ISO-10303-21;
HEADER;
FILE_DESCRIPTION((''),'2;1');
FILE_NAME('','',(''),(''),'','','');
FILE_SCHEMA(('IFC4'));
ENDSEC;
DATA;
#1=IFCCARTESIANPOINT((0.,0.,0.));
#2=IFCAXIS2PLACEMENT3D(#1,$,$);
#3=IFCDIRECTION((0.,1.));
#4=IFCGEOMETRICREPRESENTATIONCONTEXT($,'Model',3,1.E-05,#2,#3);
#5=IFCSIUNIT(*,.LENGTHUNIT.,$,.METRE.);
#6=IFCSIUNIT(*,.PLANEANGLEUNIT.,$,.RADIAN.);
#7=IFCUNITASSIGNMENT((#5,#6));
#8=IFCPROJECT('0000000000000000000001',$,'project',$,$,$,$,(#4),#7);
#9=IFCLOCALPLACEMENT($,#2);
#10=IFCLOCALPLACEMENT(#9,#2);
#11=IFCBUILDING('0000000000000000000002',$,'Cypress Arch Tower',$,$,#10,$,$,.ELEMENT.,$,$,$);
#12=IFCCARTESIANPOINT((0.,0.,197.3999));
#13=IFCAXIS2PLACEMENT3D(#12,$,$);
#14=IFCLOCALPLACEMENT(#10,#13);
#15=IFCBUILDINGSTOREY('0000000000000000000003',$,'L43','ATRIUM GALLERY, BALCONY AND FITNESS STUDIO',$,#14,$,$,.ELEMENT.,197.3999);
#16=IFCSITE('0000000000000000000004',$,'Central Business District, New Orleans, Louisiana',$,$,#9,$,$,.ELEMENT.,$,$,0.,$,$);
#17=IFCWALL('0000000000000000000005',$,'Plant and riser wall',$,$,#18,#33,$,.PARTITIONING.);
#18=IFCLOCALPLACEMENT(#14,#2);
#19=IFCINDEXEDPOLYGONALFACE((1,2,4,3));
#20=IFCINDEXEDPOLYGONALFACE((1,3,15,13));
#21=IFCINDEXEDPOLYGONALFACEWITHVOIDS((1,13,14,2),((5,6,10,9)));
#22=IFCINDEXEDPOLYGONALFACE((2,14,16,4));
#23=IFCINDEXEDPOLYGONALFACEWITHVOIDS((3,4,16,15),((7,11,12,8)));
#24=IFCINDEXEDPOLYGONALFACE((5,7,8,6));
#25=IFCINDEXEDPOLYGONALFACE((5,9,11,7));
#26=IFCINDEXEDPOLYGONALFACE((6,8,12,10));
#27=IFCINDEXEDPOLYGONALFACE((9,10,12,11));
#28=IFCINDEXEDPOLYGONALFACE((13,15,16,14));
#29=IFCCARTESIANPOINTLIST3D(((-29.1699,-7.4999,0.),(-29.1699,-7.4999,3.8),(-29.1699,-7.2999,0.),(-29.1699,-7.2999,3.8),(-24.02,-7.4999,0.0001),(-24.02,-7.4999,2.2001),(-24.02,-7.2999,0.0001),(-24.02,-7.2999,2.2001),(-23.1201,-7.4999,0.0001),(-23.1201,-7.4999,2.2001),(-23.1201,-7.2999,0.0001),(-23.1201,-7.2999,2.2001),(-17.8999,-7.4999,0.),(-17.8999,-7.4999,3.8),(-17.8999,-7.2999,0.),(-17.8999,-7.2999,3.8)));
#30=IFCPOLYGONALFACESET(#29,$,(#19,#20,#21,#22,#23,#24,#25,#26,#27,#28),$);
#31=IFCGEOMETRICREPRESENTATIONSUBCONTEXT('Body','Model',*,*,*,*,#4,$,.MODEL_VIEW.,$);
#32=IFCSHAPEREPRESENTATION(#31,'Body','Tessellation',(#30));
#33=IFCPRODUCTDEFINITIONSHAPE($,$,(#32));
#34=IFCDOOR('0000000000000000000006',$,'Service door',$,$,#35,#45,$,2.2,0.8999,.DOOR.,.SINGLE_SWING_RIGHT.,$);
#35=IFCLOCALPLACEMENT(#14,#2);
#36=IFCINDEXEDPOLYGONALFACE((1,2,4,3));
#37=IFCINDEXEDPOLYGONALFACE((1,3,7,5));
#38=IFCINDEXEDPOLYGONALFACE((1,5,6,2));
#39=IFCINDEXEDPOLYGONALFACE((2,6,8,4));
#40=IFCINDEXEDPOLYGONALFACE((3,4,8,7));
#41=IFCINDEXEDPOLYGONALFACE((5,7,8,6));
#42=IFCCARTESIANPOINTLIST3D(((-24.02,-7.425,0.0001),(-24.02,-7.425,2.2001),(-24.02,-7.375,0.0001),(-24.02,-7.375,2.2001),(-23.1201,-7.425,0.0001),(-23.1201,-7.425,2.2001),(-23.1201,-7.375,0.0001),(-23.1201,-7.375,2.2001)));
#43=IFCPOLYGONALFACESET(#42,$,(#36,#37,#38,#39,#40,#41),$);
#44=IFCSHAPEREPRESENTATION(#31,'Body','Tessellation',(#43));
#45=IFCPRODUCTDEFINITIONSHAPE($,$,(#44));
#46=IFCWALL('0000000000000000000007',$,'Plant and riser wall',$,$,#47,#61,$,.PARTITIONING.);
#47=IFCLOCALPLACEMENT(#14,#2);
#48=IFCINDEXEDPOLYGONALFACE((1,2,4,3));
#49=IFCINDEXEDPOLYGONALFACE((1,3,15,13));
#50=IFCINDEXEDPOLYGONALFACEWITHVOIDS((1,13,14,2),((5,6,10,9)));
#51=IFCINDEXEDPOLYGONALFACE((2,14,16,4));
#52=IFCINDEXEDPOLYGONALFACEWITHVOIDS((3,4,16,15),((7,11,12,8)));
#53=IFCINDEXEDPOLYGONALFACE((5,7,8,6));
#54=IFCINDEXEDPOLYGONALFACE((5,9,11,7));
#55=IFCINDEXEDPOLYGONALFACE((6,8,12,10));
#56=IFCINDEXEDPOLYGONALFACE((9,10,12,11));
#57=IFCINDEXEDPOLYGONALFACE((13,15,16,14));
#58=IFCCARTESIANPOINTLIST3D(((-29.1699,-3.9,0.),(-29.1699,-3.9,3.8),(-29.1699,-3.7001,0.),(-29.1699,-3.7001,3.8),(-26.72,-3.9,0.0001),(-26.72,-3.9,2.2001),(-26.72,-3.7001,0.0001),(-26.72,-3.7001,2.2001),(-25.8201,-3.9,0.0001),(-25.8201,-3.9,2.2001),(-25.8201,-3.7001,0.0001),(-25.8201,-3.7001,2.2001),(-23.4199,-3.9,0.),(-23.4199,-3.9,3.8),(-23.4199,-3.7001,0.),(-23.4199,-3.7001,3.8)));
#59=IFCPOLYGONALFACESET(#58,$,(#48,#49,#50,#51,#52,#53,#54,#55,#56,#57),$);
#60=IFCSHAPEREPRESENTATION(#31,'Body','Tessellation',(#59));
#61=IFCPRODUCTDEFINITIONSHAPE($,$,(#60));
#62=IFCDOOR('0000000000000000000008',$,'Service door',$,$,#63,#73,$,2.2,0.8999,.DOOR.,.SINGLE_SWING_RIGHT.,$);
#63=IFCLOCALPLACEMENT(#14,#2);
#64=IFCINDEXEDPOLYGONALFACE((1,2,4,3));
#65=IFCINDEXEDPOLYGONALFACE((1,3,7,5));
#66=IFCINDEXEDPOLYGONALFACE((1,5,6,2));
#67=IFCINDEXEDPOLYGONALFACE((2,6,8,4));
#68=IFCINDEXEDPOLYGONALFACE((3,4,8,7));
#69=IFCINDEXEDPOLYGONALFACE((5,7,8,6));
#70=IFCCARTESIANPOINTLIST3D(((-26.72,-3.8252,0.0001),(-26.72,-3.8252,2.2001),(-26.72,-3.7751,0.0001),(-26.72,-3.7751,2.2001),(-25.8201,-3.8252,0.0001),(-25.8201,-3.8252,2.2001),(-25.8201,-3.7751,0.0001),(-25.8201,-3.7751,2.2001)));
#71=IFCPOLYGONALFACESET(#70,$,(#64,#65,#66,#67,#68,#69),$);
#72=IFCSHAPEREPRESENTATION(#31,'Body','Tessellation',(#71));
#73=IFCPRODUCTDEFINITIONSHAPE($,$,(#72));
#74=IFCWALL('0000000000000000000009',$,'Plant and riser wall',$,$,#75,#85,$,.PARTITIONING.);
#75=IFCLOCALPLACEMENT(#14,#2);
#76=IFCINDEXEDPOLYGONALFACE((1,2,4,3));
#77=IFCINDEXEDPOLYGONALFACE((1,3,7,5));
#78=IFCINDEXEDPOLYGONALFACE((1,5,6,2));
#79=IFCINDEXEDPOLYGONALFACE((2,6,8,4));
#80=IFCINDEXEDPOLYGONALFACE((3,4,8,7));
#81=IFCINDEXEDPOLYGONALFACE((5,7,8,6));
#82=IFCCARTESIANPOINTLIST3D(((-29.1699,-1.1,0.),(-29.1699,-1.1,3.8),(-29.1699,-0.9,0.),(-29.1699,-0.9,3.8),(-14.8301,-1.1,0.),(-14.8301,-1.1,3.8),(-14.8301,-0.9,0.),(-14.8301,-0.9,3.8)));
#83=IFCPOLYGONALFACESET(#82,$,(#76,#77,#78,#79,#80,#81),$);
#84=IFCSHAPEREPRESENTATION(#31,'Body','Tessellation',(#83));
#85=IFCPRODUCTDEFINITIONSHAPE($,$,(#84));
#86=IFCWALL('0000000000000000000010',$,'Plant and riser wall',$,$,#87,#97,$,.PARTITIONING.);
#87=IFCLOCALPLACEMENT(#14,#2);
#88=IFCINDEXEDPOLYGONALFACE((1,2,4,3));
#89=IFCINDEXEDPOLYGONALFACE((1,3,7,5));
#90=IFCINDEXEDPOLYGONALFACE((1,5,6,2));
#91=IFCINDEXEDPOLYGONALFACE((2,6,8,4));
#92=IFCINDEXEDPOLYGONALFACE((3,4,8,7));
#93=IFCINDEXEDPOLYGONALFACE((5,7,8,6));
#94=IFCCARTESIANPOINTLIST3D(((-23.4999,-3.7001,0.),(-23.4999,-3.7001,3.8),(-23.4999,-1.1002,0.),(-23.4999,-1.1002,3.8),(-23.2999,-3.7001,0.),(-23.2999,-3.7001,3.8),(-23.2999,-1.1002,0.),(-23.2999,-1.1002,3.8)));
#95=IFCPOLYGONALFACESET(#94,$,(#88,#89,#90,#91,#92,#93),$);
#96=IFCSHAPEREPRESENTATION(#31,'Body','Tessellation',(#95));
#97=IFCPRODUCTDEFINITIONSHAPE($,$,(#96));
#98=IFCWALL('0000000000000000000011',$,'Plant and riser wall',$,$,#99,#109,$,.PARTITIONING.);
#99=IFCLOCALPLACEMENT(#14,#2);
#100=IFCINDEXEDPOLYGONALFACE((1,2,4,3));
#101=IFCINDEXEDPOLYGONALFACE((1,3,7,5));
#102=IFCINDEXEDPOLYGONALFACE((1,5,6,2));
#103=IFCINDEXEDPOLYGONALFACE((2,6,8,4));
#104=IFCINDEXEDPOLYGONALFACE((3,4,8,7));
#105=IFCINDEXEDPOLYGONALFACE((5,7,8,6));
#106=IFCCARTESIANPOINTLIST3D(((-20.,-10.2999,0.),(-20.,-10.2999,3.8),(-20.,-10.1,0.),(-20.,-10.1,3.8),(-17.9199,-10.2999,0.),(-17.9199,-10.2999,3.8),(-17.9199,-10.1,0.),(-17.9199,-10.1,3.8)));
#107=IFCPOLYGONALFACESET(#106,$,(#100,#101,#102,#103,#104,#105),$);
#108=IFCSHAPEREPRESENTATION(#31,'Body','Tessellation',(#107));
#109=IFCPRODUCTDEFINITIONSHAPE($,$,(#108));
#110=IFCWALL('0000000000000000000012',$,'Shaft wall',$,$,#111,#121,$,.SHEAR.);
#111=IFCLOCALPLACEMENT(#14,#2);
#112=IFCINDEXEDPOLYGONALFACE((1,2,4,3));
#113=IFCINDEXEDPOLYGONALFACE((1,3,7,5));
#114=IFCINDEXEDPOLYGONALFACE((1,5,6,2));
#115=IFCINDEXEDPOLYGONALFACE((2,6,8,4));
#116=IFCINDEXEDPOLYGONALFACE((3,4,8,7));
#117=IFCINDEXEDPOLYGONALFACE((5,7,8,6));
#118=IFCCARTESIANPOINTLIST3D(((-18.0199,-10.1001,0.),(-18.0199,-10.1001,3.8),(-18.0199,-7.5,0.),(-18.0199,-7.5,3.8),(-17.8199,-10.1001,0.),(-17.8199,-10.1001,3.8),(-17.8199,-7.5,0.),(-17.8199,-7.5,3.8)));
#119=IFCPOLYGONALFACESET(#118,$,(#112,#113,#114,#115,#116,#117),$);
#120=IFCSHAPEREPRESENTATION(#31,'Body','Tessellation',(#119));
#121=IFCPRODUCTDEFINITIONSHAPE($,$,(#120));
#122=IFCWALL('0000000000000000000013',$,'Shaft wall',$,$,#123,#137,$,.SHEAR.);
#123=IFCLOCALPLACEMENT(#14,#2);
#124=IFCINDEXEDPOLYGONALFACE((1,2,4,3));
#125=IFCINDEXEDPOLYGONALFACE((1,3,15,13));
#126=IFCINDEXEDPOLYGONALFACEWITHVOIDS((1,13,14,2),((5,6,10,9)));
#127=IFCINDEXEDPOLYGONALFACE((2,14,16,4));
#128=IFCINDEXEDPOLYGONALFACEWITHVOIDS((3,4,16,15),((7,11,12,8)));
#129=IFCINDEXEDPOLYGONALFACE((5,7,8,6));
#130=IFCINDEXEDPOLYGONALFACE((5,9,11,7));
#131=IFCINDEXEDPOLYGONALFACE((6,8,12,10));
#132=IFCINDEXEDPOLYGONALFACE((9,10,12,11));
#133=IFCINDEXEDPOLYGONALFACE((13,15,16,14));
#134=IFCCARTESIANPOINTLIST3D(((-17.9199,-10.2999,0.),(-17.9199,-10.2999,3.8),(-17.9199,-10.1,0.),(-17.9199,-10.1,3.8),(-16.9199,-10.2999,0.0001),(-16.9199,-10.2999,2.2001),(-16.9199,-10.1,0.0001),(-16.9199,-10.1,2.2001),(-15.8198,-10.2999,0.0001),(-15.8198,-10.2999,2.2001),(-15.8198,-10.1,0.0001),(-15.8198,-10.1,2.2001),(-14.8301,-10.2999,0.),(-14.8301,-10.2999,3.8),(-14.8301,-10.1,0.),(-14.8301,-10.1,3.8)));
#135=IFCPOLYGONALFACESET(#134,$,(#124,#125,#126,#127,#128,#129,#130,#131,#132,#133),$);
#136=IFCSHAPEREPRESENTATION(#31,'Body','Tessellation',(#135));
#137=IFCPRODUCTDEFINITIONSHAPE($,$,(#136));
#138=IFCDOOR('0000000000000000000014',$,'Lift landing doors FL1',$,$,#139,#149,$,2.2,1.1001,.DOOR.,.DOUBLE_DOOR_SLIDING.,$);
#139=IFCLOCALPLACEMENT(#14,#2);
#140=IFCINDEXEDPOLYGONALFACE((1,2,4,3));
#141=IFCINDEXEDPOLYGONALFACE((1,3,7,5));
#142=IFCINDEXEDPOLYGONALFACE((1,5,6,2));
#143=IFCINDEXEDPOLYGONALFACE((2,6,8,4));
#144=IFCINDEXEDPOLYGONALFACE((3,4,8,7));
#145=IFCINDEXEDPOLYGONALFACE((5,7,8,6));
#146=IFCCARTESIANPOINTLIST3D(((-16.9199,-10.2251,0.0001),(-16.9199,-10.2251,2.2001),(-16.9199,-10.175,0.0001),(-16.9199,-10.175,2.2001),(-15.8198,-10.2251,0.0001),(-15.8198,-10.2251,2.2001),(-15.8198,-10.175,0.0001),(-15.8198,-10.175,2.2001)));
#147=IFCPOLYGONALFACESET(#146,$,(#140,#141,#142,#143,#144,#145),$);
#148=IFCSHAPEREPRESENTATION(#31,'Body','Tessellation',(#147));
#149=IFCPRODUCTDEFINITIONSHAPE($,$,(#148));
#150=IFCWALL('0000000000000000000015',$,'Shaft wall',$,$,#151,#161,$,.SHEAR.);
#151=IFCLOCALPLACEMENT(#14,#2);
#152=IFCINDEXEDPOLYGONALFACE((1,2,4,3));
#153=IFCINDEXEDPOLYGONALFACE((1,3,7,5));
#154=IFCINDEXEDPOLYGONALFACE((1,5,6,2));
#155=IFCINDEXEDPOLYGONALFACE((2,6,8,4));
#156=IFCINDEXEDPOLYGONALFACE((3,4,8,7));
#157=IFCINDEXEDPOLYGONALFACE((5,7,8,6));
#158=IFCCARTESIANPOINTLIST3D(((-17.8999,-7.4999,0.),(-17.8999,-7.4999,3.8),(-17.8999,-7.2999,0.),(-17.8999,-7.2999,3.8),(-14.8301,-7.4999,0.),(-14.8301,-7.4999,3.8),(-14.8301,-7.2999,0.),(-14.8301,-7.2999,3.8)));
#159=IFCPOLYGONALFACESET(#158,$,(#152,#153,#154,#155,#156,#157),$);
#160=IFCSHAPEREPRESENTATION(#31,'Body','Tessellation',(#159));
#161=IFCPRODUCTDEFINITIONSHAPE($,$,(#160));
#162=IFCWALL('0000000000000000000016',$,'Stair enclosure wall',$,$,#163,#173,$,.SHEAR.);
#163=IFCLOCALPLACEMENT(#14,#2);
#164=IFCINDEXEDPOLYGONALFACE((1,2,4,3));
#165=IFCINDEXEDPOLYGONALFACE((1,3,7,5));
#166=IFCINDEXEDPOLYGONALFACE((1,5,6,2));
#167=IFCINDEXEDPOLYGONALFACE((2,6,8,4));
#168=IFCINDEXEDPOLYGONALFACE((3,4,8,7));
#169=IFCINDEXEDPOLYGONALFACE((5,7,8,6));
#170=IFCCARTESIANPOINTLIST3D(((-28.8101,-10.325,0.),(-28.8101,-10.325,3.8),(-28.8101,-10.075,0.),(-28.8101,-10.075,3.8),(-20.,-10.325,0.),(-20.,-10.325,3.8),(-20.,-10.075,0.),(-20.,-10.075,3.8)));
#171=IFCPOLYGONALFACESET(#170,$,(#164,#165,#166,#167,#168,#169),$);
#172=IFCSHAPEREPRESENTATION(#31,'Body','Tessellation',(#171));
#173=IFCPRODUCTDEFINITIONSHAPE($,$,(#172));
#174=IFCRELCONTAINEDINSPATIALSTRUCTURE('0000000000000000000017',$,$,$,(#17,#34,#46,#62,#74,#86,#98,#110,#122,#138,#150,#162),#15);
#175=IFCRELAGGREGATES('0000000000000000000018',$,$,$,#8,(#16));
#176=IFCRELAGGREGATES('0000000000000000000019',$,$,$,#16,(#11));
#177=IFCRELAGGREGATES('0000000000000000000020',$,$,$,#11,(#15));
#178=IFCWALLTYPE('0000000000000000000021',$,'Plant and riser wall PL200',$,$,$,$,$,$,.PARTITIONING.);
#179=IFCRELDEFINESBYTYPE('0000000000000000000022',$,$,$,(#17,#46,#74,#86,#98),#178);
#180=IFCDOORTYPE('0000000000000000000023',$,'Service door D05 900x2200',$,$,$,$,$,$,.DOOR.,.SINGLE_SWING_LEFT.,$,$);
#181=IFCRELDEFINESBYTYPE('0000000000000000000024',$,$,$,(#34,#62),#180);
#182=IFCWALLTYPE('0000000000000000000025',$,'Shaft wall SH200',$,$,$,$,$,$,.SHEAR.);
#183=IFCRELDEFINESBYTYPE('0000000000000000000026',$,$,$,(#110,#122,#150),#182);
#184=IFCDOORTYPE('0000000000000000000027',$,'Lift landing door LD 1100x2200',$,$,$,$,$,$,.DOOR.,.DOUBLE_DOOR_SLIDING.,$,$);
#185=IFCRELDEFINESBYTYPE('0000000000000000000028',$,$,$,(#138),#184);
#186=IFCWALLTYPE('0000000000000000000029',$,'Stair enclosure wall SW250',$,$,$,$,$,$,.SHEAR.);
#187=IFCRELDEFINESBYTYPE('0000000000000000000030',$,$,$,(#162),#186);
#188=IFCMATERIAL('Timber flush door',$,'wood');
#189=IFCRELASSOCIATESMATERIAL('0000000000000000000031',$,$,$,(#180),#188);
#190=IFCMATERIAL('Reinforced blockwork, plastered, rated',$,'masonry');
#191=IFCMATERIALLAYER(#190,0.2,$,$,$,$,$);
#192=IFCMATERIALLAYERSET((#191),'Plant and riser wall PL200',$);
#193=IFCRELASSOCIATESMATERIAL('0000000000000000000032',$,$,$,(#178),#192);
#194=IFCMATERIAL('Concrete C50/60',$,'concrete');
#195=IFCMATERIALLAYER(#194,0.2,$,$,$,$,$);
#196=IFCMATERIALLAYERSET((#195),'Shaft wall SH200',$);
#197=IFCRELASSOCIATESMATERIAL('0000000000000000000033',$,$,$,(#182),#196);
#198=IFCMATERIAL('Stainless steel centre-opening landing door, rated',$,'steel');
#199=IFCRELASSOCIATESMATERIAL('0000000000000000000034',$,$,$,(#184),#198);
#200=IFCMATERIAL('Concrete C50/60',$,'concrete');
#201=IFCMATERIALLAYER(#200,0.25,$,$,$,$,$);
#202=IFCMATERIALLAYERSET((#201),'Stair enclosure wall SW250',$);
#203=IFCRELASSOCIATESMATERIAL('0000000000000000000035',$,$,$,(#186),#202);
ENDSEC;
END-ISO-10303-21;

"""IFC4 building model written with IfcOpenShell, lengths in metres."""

from ifc_helpers import new_model, si_unit, direction, frame, frame_2d, origin, place, context, subcontext, project, spatial, rectangle, extrude, material, layer, layer_set, type_object, element, fill, save


model = new_model("IFC4")

# Units and contexts
model_context = context("Model", 3, precision=1e-05, world=origin(), true_north=direction((0.0, 1.0)))
body_context = subcontext(model_context, "Body", "Model", "MODEL_VIEW")
ifc_project = project(units=[si_unit("LENGTHUNIT", "METRE"), si_unit("PLANEANGLEUNIT", "RADIAN")], contexts=[model_context])

# Site, building, storey
site_placement = place(None, origin())
site = spatial("IfcSite", under=ifc_project, at=site_placement, Name="Central Business District, New Orleans, Louisiana", CompositionType="ELEMENT", RefElevation=0.0)
building_placement = place(site_placement, origin())
building = spatial("IfcBuilding", under=site, at=building_placement, Name="Cypress Arch Tower", CompositionType="ELEMENT")
storey_placement = place(building_placement, frame((0.0, 0.0, 197.3999)))
storey = spatial("IfcBuildingStorey", under=building, at=storey_placement, Name="L43", Description="ATRIUM GALLERY, BALCONY AND FITNESS STUDIO", CompositionType="ELEMENT", Elevation=197.3999)

# Shared definitions
ifc_material_1 = material(Name="Timber flush door", Category="wood")
door_type_1 = type_object("IfcDoorType", Name="Service door D05 900x2200", OperationType="SINGLE_SWING_LEFT", PredefinedType="DOOR", material=ifc_material_1)

# Walls, openings, doors
ifc_material_2 = material(Name="Reinforced blockwork, plastered, rated", Category="masonry")
ifc_layer_1 = layer(ifc_material_2, 0.2)
ifc_layer_set_1 = layer_set([ifc_layer_1], Name="Plant and riser wall PL200")
wall_type_1 = type_object("IfcWallType", Name="Plant and riser wall PL200", PredefinedType="PARTITIONING", material=ifc_layer_set_1)
wall_1_placement = place(storey_placement, frame((-29.1699, -7.3999, 0.0), z_axis=(0.0, 0.0, 1.0), x_axis=(1.0, 0.0, 0.0)))
wall_1 = element("IfcWall", 1, at=wall_1_placement, inside=storey, type_object=wall_type_1, Name="Plant and riser wall", PredefinedType="PARTITIONING", context=body_context, shape_type="SweptSolid", body=[
    extrude(rectangle(XDim=11.27, YDim=0.2, at=frame_2d((5.635, 0.0))), origin(), (0.0, 0.0, 1.0), 3.8),
])
opening_1_placement = place(wall_1_placement, frame((5.1499, 0.0, 0.0)))
opening_1 = element("IfcOpeningElement", 2, at=opening_1_placement, cuts=wall_1, PredefinedType="OPENING", context=body_context, shape_type="SweptSolid", body=[
    extrude(rectangle(XDim=0.8999, YDim=2.2, at=frame_2d((0.45, 1.1001))), frame((0.0, 0.1099, 0.0), z_axis=(0.0, -1.0, 0.0), x_axis=(1.0, 0.0, 0.0)), (0.0, 0.0, 1.0), 0.22),
])
door_1_placement = place(opening_1_placement, origin())
door_1 = element("IfcDoor", 3, at=door_1_placement, inside=storey, type_object=door_type_1, Name="Service door", OperationType="SINGLE_SWING_RIGHT", OverallHeight=2.2, OverallWidth=0.8999, PredefinedType="DOOR", context=body_context, shape_type="SweptSolid", body=[
    extrude(rectangle(XDim=0.8999, YDim=2.2, at=frame_2d((0.45, 1.1001))), frame((0.0, 0.0249, 0.0), z_axis=(0.0, -1.0, 0.0), x_axis=(1.0, 0.0, 0.0)), (0.0, 0.0, 1.0), 0.05),
])
fill(opening_1, door_1)
wall_2_placement = place(storey_placement, frame((-29.1699, -3.8, 0.0), z_axis=(0.0, 0.0, 1.0), x_axis=(1.0, 0.0, 0.0)))
wall_2 = element("IfcWall", 4, at=wall_2_placement, inside=storey, type_object=wall_type_1, Name="Plant and riser wall", PredefinedType="PARTITIONING", context=body_context, shape_type="SweptSolid", body=[
    extrude(rectangle(XDim=5.75, YDim=0.2, at=frame_2d((2.875, 0.0))), origin(), (0.0, 0.0, 1.0), 3.8),
])
opening_2_placement = place(wall_2_placement, frame((2.45, 0.0, 0.0)))
opening_2 = element("IfcOpeningElement", 5, at=opening_2_placement, cuts=wall_2, PredefinedType="OPENING", context=body_context, shape_type="SweptSolid", body=[
    extrude(rectangle(XDim=0.8999, YDim=2.2, at=frame_2d((0.45, 1.1001))), frame((0.0, 0.1099, 0.0), z_axis=(0.0, -1.0, 0.0), x_axis=(1.0, 0.0, 0.0)), (0.0, 0.0, 1.0), 0.22),
])
door_2_placement = place(opening_2_placement, origin())
door_2 = element("IfcDoor", 6, at=door_2_placement, inside=storey, type_object=door_type_1, Name="Service door", OperationType="SINGLE_SWING_RIGHT", OverallHeight=2.2, OverallWidth=0.8999, PredefinedType="DOOR", context=body_context, shape_type="SweptSolid", body=[
    extrude(rectangle(XDim=0.8999, YDim=2.2, at=frame_2d((0.45, 1.1001))), frame((0.0, 0.0249, 0.0), z_axis=(0.0, -1.0, 0.0), x_axis=(1.0, 0.0, 0.0)), (0.0, 0.0, 1.0), 0.05),
])
fill(opening_2, door_2)

# Walls
wall_3_placement = place(storey_placement, frame((-29.1699, -1.0, 0.0), z_axis=(0.0, 0.0, 1.0), x_axis=(1.0, 0.0, 0.0)))
element("IfcWall", 7, at=wall_3_placement, inside=storey, type_object=wall_type_1, Name="Plant and riser wall", PredefinedType="PARTITIONING", context=body_context, shape_type="SweptSolid", body=[
    extrude(rectangle(XDim=14.3398, YDim=0.2, at=frame_2d((7.1699, 0.0))), origin(), (0.0, 0.0, 1.0), 3.8),
])
wall_4_placement = place(storey_placement, frame((-23.3999, -3.7, 0.0), z_axis=(0.0, 0.0, 1.0), x_axis=(0.0, 1.0, 0.0)))
element("IfcWall", 8, at=wall_4_placement, inside=storey, type_object=wall_type_1, Name="Plant and riser wall", PredefinedType="PARTITIONING", context=body_context, shape_type="SweptSolid", body=[
    extrude(rectangle(XDim=2.5999, YDim=0.2, at=frame_2d((1.2998, 0.0))), origin(), (0.0, 0.0, 1.0), 3.8),
])
wall_5_placement = place(storey_placement, frame((-20.0, -10.2, 0.0), z_axis=(0.0, 0.0, 1.0), x_axis=(1.0, 0.0, 0.0)))
element("IfcWall", 9, at=wall_5_placement, inside=storey, type_object=wall_type_1, Name="Plant and riser wall", PredefinedType="PARTITIONING", context=body_context, shape_type="SweptSolid", body=[
    extrude(rectangle(XDim=2.0801, YDim=0.2, at=frame_2d((1.04, 0.0))), origin(), (0.0, 0.0, 1.0), 3.8),
])
ifc_material_3 = material(Name="Concrete C50/60", Category="concrete")
ifc_layer_2 = layer(ifc_material_3, 0.2)
ifc_layer_set_2 = layer_set([ifc_layer_2], Name="Shaft wall SH200")
wall_type_2 = type_object("IfcWallType", Name="Shaft wall SH200", PredefinedType="SHEAR", material=ifc_layer_set_2)
wall_6_placement = place(storey_placement, frame((-17.9199, -10.1001, 0.0), z_axis=(0.0, 0.0, 1.0), x_axis=(0.0, 1.0, 0.0)))
element("IfcWall", 10, at=wall_6_placement, inside=storey, type_object=wall_type_2, Name="Shaft wall", PredefinedType="SHEAR", context=body_context, shape_type="SweptSolid", body=[
    extrude(rectangle(XDim=2.6001, YDim=0.2, at=frame_2d((1.3, 0.0))), origin(), (0.0, 0.0, 1.0), 3.8),
])

# Wall, opening, door
wall_7_placement = place(storey_placement, frame((-17.9199, -10.2, 0.0), z_axis=(0.0, 0.0, 1.0), x_axis=(1.0, 0.0, 0.0)))
wall_7 = element("IfcWall", 11, at=wall_7_placement, inside=storey, type_object=wall_type_2, Name="Shaft wall", PredefinedType="SHEAR", context=body_context, shape_type="SweptSolid", body=[
    extrude(rectangle(XDim=3.0898, YDim=0.2, at=frame_2d((1.5449, 0.0))), origin(), (0.0, 0.0, 1.0), 3.8),
])
opening_3_placement = place(wall_7_placement, frame((1.0, 0.0, 0.0)))
opening_3 = element("IfcOpeningElement", 12, at=opening_3_placement, cuts=wall_7, PredefinedType="OPENING", context=body_context, shape_type="SweptSolid", body=[
    extrude(rectangle(XDim=1.1001, YDim=2.2, at=frame_2d((0.55, 1.1001))), frame((0.0, 0.1099, 0.0), z_axis=(0.0, -1.0, 0.0), x_axis=(1.0, 0.0, 0.0)), (0.0, 0.0, 1.0), 0.22),
])
ifc_material_4 = material(Name="Stainless steel centre-opening landing door, rated", Category="steel")
door_type_2 = type_object("IfcDoorType", Name="Lift landing door LD 1100x2200", OperationType="DOUBLE_DOOR_SLIDING", PredefinedType="DOOR", material=ifc_material_4)
door_3_placement = place(opening_3_placement, origin())
door_3 = element("IfcDoor", 13, at=door_3_placement, inside=storey, type_object=door_type_2, Name="Lift landing doors FL1", OperationType="DOUBLE_DOOR_SLIDING", OverallHeight=2.2, OverallWidth=1.1001, PredefinedType="DOOR", context=body_context, shape_type="SweptSolid", body=[
    extrude(rectangle(XDim=1.1001, YDim=2.2, at=frame_2d((0.55, 1.1001))), frame((0.0, 0.0249, 0.0), z_axis=(0.0, -1.0, 0.0), x_axis=(1.0, 0.0, 0.0)), (0.0, 0.0, 1.0), 0.05),
])
fill(opening_3, door_3)

# Walls
wall_8_placement = place(storey_placement, frame((-17.8999, -7.3999, 0.0), z_axis=(0.0, 0.0, 1.0), x_axis=(1.0, 0.0, 0.0)))
element("IfcWall", 14, at=wall_8_placement, inside=storey, type_object=wall_type_2, Name="Shaft wall", PredefinedType="SHEAR", context=body_context, shape_type="SweptSolid", body=[
    extrude(rectangle(XDim=3.0698, YDim=0.2, at=frame_2d((1.5349, 0.0))), origin(), (0.0, 0.0, 1.0), 3.8),
])
ifc_material_5 = material(Name="Concrete C50/60", Category="concrete")
ifc_layer_3 = layer(ifc_material_5, 0.25)
ifc_layer_set_3 = layer_set([ifc_layer_3], Name="Stair enclosure wall SW250")
wall_type_3 = type_object("IfcWallType", Name="Stair enclosure wall SW250", PredefinedType="SHEAR", material=ifc_layer_set_3)
wall_9_placement = place(storey_placement, frame((-28.8101, -10.2, 0.0), z_axis=(0.0, 0.0, 1.0), x_axis=(1.0, 0.0, 0.0)))
element("IfcWall", 15, at=wall_9_placement, inside=storey, type_object=wall_type_3, Name="Stair enclosure wall", PredefinedType="SHEAR", context=body_context, shape_type="SweptSolid", body=[
    extrude(rectangle(XDim=8.8101, YDim=0.25, at=frame_2d((4.405, 0.0))), origin(), (0.0, 0.0, 1.0), 3.8),
])

save(model, "model.ifc")
